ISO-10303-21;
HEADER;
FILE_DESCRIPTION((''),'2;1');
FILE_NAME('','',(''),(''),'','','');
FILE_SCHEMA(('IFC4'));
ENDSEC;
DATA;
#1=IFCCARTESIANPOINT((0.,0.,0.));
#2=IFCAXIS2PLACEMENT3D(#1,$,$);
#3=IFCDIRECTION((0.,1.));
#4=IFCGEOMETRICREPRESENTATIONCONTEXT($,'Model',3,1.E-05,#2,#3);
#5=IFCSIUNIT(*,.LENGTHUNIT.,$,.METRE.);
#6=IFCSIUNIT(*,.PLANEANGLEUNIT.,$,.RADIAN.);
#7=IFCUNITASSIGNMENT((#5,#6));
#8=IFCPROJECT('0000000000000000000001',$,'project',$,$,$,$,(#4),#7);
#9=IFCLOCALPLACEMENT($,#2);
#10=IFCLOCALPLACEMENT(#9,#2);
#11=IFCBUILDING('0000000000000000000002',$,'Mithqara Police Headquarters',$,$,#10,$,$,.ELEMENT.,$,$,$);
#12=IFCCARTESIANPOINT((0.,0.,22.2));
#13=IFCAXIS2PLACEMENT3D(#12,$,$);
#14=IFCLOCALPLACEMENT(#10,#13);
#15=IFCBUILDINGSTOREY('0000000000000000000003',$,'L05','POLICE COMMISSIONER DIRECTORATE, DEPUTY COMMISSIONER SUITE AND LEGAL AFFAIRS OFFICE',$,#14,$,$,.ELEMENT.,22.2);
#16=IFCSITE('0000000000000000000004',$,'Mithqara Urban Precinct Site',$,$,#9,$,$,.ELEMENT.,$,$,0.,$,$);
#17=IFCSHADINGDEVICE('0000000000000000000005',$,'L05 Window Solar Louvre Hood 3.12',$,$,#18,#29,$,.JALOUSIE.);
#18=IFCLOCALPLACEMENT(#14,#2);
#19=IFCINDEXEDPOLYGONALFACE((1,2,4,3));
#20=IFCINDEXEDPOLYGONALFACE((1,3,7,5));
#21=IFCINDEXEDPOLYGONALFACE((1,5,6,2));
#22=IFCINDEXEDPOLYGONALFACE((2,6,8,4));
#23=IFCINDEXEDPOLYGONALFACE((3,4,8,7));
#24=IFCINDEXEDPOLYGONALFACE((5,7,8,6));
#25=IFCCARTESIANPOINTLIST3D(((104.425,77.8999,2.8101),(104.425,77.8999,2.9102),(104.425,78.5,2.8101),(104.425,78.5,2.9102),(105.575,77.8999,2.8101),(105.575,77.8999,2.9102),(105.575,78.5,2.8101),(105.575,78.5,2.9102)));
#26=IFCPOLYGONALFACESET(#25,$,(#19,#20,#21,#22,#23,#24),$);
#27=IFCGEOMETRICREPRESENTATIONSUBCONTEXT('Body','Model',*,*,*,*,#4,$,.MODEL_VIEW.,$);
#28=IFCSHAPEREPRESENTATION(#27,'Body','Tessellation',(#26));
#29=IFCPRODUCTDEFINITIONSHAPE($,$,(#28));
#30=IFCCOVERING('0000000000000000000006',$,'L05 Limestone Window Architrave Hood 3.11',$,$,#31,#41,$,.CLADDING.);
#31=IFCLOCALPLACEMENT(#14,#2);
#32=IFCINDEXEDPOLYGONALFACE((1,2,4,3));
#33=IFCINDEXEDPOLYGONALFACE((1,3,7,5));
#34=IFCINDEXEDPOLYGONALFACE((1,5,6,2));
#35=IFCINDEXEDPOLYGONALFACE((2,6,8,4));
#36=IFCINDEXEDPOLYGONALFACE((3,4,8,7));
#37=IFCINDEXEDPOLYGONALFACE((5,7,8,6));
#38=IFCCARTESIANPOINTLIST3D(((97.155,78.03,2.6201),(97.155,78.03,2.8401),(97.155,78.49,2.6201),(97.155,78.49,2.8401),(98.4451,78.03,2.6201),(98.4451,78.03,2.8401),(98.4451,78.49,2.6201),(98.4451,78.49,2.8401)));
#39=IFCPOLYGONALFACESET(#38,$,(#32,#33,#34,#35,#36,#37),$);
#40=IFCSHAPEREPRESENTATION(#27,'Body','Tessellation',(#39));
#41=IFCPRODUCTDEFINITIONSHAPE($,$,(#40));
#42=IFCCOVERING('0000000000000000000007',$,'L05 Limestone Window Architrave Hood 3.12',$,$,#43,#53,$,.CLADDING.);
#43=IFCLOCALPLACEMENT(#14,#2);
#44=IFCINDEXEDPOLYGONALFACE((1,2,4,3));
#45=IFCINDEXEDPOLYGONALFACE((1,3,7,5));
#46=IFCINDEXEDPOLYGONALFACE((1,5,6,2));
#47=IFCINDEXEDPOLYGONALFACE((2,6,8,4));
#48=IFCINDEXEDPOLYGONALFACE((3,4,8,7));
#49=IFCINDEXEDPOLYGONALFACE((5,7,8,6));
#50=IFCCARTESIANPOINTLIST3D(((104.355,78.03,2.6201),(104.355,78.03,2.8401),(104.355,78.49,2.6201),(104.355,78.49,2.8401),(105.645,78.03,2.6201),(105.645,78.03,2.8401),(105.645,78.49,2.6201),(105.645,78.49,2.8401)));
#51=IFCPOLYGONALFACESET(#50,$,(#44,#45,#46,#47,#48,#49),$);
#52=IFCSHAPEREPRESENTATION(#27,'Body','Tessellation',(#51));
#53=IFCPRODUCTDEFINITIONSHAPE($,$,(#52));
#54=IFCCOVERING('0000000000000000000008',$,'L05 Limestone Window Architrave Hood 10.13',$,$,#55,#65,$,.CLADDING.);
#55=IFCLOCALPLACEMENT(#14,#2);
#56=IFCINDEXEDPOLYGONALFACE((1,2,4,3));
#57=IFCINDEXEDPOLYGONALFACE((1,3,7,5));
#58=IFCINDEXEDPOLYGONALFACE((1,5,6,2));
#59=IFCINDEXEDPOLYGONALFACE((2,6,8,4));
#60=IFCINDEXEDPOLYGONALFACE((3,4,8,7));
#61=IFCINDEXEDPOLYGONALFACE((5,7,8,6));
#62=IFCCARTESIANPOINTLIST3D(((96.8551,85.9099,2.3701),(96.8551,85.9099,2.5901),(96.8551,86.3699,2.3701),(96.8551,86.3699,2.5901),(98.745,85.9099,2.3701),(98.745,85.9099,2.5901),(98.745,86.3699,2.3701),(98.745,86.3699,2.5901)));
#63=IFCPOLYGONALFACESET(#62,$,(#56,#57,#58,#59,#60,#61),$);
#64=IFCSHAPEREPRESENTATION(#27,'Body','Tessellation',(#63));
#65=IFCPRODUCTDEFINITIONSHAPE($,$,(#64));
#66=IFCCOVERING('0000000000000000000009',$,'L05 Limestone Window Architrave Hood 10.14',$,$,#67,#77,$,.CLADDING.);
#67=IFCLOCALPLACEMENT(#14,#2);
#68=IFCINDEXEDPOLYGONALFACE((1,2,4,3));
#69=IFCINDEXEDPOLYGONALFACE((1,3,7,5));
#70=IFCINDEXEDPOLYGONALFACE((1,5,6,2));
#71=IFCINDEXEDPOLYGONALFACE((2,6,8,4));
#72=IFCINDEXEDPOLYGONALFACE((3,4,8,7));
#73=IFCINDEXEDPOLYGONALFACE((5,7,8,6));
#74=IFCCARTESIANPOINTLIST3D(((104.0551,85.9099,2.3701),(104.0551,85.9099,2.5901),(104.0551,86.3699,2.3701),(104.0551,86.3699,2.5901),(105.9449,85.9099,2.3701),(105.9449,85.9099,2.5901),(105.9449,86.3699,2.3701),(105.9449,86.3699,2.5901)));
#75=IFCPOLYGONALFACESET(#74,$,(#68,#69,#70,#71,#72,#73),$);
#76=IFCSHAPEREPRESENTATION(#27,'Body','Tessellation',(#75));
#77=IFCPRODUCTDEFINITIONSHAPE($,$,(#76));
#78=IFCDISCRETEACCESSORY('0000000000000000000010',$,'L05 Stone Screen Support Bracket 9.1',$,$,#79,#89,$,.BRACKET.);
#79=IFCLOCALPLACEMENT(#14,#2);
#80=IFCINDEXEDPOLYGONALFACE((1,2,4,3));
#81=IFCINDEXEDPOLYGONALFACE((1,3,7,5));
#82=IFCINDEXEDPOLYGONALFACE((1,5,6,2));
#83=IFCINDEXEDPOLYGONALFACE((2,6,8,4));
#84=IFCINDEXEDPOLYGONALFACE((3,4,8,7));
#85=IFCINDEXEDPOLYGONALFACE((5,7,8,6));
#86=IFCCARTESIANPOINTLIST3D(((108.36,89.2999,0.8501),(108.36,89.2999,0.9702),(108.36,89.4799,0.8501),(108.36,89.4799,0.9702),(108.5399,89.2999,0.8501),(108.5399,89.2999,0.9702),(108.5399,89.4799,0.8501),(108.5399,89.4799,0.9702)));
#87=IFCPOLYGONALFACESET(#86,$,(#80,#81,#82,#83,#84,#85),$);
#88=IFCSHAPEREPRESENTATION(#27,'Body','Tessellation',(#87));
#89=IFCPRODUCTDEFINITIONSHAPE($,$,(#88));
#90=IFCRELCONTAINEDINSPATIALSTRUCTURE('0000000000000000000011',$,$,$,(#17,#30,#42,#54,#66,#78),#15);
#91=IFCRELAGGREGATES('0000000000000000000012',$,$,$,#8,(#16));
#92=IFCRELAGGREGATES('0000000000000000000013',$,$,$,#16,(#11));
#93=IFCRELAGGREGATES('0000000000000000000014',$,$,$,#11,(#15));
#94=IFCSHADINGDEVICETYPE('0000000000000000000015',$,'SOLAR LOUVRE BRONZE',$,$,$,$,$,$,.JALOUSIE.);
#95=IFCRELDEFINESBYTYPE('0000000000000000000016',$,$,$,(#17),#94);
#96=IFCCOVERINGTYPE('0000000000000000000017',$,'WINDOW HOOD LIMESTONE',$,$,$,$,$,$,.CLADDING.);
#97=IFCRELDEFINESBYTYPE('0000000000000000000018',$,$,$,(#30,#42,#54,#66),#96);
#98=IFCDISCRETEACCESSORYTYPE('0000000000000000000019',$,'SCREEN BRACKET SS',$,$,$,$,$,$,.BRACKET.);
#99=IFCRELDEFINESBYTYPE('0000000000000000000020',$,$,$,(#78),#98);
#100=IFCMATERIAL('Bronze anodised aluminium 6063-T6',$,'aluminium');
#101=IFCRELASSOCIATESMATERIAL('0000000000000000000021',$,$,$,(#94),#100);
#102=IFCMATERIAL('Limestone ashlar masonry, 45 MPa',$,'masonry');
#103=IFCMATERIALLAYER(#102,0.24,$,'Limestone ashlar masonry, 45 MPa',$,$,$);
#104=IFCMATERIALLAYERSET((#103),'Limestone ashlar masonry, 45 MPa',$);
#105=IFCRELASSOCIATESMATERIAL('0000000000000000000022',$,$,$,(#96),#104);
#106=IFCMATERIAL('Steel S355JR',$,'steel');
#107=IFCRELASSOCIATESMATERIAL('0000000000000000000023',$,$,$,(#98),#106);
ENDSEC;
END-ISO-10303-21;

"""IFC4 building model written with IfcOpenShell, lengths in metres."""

from ifc_helpers import new_model, si_unit, direction, frame, origin, origin_2d, place, context, subcontext, project, spatial, rectangle, extrude, material, layer, layer_set, type_object, element, save


model = new_model("IFC4")

# Units and contexts
model_context = context("Model", 3, precision=1e-05, world=origin(), true_north=direction((0.0, 1.0)))
body_context = subcontext(model_context, "Body", "Model", "MODEL_VIEW")
ifc_project = project(units=[si_unit("LENGTHUNIT", "METRE"), si_unit("PLANEANGLEUNIT", "RADIAN")], contexts=[model_context])

# Site, building, storey
site_placement = place(None, origin())
site = spatial("IfcSite", under=ifc_project, at=site_placement, Name="Mithqara Urban Precinct Site", CompositionType="ELEMENT", RefElevation=0.0)
building_placement = place(site_placement, origin())
building = spatial("IfcBuilding", under=site, at=building_placement, Name="Mithqara Police Headquarters", CompositionType="ELEMENT")
storey_placement = place(building_placement, frame((0.0, 0.0, 22.2)))
storey = spatial("IfcBuildingStorey", under=building, at=storey_placement, Name="L05", Description="POLICE COMMISSIONER DIRECTORATE, DEPUTY COMMISSIONER SUITE AND LEGAL AFFAIRS OFFICE", CompositionType="ELEMENT", Elevation=22.2)

# Shared definitions
ifc_material_1 = material(Name="Steel S355JR", Category="steel")

# Shared definitions
ifc_material_2 = material(Name="Limestone ashlar masonry, 45 MPa", Category="masonry")

# Shared definitions
ifc_material_3 = material(Name="Bronze anodised aluminium 6063-T6", Category="aluminium")

# Shading device
shading_device_type = type_object("IfcShadingDeviceType", Name="SOLAR LOUVRE BRONZE", PredefinedType="JALOUSIE", material=ifc_material_3)
shading_device_placement = place(storey_placement, frame((105.0, 78.2, 2.8101), z_axis=(0.0, 0.0, 1.0), x_axis=(1.0, 0.0, 0.0)))
element("IfcShadingDevice", 1, at=shading_device_placement, inside=storey, type_object=shading_device_type, Name="L05 Window Solar Louvre Hood 3.12", PredefinedType="JALOUSIE", context=body_context, shape_type="SweptSolid", body=[
    extrude(rectangle(XDim=1.1499, YDim=0.6001, at=origin_2d()), origin(), (0.0, 0.0, 1.0), 0.1001),
])

# Coverings
ifc_layer_1 = layer(ifc_material_2, 0.24, Name="Limestone ashlar masonry, 45 MPa")
ifc_layer_set_1 = layer_set([ifc_layer_1], Name="Limestone ashlar masonry, 45 MPa")
covering_type = type_object("IfcCoveringType", Name="WINDOW HOOD LIMESTONE", PredefinedType="CLADDING", material=ifc_layer_set_1)
for number, where, z_axis, x_axis, name in (
    (2, (97.8, 78.26, 2.6201), (0.0, 0.0, 1.0), (1.0, 0.0, 0.0), "L05 Limestone Window Architrave Hood 3.11"),
    (3, (105.0, 78.26, 2.6201), (0.0, 0.0, 1.0), (1.0, 0.0, 0.0), "L05 Limestone Window Architrave Hood 3.12"),
):
    element("IfcCovering", number, at=place(storey_placement, frame(where, z_axis=z_axis, x_axis=x_axis)), inside=storey, type_object=covering_type, Name=name, PredefinedType="CLADDING", context=body_context, shape_type="SweptSolid", body=[
        extrude(rectangle(XDim=1.29, YDim=0.46, at=origin_2d()), origin(), (0.0, 0.0, 1.0), 0.22),
    ])
for number, where, z_axis, x_axis, name in (
    (4, (97.8, 86.1399, 2.3701), (0.0, 0.0, 1.0), (1.0, 0.0, 0.0), "L05 Limestone Window Architrave Hood 10.13"),
    (5, (105.0, 86.1399, 2.3701), (0.0, 0.0, 1.0), (1.0, 0.0, 0.0), "L05 Limestone Window Architrave Hood 10.14"),
):
    element("IfcCovering", number, at=place(storey_placement, frame(where, z_axis=z_axis, x_axis=x_axis)), inside=storey, type_object=covering_type, Name=name, PredefinedType="CLADDING", context=body_context, shape_type="SweptSolid", body=[
        extrude(rectangle(XDim=1.8899, YDim=0.46, at=origin_2d()), origin(), (0.0, 0.0, 1.0), 0.22),
    ])

# Discrete accessory
discrete_accessory_type = type_object("IfcDiscreteAccessoryType", Name="SCREEN BRACKET SS", PredefinedType="BRACKET", material=ifc_material_1)
discrete_accessory_placement = place(storey_placement, frame((108.45, 89.3899, 0.8501), z_axis=(0.0, 0.0, 1.0), x_axis=(0.0, 1.0, 0.0)))
element("IfcDiscreteAccessory", 6, at=discrete_accessory_placement, inside=storey, type_object=discrete_accessory_type, Name="L05 Stone Screen Support Bracket 9.1", PredefinedType="BRACKET", context=body_context, shape_type="SweptSolid", body=[
    extrude(rectangle(XDim=0.1799, YDim=0.1799, at=origin_2d()), origin(), (0.0, 0.0, 1.0), 0.1201),
])

save(model, "model.ifc")
